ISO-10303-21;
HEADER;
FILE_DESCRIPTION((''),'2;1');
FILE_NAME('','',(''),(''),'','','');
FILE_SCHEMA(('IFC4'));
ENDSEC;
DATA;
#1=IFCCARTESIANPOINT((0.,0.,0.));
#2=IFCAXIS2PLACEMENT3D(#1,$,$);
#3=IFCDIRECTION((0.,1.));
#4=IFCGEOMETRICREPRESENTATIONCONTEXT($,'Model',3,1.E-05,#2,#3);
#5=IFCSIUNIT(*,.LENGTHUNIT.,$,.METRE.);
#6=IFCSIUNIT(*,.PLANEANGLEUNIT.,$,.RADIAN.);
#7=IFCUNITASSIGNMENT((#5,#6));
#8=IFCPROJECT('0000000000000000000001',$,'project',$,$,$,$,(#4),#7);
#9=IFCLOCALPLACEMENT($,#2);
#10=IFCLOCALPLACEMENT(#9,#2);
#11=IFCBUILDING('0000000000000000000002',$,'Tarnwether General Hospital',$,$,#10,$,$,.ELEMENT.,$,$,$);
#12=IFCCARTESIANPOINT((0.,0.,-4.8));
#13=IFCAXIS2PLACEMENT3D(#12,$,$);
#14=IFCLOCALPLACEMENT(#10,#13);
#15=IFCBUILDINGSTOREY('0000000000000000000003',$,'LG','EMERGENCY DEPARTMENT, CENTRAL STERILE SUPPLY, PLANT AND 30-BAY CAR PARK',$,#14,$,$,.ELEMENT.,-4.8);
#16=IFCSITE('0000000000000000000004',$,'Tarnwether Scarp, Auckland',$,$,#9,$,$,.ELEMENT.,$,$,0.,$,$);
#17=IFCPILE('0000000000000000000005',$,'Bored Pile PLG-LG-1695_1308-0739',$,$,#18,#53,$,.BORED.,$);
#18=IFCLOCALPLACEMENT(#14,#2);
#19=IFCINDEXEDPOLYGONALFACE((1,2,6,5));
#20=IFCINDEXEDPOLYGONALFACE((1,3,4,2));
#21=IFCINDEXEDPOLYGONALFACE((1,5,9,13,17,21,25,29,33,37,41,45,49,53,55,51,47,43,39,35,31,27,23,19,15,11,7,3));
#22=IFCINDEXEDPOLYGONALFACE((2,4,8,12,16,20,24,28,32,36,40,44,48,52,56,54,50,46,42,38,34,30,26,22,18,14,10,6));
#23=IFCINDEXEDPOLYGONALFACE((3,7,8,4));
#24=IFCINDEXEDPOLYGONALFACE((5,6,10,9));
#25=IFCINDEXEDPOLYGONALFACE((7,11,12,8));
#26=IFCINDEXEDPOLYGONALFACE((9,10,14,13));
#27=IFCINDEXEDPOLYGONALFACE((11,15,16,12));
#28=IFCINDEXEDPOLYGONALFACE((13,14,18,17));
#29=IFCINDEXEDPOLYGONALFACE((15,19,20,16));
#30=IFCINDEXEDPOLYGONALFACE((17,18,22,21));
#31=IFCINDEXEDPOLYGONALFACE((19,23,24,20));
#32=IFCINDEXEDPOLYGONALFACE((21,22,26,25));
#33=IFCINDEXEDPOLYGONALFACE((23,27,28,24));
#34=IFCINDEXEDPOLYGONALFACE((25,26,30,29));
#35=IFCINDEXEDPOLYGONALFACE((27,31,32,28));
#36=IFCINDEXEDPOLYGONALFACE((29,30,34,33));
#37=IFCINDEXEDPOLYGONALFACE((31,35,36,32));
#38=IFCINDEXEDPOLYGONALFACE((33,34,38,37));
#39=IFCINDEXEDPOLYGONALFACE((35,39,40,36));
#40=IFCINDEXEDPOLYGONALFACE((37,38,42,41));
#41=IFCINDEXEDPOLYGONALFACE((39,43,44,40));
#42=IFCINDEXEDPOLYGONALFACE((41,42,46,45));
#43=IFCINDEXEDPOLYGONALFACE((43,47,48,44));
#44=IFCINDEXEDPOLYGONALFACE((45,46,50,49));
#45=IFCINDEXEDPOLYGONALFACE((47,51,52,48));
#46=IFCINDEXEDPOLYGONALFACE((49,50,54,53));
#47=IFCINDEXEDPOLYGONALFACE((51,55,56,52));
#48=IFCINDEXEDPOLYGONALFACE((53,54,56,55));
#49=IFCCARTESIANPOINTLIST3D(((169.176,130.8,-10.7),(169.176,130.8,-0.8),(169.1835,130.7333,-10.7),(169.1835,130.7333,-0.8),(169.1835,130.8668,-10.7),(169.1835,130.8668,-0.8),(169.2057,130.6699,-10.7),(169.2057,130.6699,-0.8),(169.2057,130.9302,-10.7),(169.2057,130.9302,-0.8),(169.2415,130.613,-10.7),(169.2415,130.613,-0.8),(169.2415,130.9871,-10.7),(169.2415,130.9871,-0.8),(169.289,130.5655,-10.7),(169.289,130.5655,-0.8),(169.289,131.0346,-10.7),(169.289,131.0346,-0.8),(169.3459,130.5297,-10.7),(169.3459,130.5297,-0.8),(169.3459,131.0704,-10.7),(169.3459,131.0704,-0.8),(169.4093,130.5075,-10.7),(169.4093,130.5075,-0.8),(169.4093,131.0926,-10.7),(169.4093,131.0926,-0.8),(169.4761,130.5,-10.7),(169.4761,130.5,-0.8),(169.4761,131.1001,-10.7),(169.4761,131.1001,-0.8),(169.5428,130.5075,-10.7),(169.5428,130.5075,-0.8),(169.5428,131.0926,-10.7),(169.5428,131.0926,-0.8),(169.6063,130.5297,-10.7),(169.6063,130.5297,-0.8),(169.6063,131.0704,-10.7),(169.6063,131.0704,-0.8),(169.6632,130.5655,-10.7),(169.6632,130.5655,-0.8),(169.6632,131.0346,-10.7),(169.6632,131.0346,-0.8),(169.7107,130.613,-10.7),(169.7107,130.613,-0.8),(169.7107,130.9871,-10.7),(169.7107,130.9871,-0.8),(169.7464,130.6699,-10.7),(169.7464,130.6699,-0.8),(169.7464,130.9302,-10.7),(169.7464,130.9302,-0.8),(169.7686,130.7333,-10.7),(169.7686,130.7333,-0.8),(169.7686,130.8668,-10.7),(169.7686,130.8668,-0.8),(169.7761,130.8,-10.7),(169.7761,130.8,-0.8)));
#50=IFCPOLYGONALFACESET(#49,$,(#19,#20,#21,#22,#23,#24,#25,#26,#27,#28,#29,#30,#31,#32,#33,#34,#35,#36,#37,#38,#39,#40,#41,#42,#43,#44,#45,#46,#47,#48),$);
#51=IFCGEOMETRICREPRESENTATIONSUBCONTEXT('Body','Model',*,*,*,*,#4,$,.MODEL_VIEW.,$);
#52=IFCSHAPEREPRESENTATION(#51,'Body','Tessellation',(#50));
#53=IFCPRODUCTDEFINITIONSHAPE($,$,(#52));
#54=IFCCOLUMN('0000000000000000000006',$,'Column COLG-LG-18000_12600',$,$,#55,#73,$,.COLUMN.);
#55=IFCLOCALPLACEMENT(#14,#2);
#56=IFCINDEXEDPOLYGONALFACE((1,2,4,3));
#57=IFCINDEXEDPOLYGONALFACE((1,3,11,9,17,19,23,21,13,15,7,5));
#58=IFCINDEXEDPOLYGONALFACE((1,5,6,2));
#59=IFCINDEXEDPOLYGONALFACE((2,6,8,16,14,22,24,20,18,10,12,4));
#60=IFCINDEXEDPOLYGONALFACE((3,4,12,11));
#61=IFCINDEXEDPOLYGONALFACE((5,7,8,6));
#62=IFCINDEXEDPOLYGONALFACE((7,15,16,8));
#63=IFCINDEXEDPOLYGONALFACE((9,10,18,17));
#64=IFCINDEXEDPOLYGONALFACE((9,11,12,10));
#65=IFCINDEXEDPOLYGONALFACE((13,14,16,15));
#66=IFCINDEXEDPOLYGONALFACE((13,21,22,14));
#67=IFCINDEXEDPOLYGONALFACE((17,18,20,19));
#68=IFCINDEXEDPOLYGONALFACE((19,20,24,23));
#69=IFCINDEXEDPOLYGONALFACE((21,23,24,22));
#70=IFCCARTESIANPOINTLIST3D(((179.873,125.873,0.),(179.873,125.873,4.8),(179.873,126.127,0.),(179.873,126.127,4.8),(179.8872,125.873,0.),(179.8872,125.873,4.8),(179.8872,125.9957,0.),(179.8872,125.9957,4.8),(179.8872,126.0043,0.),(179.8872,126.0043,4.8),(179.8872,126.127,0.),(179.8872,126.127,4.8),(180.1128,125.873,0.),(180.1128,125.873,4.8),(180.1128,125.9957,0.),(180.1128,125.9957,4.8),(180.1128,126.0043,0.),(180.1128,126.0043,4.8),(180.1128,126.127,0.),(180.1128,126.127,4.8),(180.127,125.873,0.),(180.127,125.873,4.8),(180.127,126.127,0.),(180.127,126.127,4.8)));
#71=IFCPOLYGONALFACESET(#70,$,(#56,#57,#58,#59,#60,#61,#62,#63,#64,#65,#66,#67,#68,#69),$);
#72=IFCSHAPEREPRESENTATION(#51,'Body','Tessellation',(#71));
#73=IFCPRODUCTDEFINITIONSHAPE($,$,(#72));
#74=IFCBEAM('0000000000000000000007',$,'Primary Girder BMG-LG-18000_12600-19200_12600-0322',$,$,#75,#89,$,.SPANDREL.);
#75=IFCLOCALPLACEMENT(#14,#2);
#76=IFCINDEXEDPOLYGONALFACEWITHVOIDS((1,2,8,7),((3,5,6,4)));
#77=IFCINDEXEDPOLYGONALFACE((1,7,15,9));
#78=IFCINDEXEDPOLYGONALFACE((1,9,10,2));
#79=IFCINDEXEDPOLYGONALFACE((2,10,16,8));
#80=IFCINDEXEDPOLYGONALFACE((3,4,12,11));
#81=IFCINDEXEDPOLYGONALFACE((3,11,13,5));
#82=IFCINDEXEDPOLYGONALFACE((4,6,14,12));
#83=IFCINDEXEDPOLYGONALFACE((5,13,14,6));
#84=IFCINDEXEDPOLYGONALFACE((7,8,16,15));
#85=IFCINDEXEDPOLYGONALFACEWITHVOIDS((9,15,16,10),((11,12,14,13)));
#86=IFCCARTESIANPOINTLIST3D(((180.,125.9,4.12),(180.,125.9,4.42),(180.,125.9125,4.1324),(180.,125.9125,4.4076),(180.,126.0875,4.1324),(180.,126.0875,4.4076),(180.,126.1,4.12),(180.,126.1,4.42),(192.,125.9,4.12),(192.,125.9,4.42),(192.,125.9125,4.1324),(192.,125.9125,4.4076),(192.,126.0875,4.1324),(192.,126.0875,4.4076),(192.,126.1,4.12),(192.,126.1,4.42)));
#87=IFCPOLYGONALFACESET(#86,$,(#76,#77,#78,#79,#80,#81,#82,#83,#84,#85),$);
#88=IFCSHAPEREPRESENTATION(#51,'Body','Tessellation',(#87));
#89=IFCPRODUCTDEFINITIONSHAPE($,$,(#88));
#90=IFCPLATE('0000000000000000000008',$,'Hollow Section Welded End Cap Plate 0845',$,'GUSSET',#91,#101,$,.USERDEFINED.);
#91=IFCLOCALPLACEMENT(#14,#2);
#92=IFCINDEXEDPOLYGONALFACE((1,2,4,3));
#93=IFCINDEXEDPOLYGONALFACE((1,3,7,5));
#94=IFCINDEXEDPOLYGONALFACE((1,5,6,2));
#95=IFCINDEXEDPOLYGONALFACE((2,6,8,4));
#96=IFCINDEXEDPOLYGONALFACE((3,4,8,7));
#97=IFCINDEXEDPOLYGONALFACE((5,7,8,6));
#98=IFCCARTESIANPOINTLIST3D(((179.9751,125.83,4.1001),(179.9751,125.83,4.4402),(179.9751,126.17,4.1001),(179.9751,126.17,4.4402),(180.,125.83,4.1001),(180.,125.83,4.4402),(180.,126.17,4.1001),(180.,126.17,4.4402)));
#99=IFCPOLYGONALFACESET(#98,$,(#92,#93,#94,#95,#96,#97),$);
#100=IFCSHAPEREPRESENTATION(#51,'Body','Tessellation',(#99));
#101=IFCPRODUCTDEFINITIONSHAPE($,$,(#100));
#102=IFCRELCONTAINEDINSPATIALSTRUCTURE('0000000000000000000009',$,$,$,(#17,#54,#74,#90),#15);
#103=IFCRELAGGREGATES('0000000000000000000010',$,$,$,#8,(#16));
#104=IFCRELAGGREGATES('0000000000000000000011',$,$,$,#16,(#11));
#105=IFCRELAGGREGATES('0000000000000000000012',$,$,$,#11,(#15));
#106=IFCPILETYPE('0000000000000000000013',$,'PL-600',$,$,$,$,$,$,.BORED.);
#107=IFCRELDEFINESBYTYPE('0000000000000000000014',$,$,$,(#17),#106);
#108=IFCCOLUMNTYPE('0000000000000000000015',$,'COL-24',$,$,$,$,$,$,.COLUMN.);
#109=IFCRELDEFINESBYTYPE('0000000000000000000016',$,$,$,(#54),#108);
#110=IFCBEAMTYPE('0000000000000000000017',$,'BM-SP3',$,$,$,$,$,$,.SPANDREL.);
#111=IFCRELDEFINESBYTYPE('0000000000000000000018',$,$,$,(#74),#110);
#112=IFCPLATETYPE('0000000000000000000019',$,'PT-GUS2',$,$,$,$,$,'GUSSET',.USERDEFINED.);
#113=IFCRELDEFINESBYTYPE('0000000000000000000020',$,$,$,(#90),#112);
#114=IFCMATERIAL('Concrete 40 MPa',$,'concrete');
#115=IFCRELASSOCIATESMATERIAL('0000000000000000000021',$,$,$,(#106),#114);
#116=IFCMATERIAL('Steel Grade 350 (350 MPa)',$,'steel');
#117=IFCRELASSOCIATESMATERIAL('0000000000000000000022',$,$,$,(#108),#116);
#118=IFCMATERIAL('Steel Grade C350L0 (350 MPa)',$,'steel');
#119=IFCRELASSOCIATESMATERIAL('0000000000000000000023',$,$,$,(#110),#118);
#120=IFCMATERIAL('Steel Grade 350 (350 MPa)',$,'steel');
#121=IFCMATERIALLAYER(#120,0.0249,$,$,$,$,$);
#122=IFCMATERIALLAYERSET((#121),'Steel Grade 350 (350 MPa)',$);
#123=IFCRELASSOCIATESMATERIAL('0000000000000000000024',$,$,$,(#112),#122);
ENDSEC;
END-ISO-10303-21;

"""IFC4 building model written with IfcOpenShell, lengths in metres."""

from ifc_helpers import new_model, si_unit, direction, frame, origin, origin_2d, place, context, subcontext, project, spatial, rectangle, hollow_rectangle, circle, i_section, extrude, material, layer, layer_set, material_profile, profile_set, type_object, element, save


model = new_model("IFC4")

# Units and contexts
model_context = context("Model", 3, precision=1e-05, world=origin(), true_north=direction((0.0, 1.0)))
body_context = subcontext(model_context, "Body", "Model", "MODEL_VIEW")
ifc_project = project(units=[si_unit("LENGTHUNIT", "METRE"), si_unit("PLANEANGLEUNIT", "RADIAN")], contexts=[model_context])

# Site, building, storey
site_placement = place(None, origin())
site = spatial("IfcSite", under=ifc_project, at=site_placement, Name="Tarnwether Scarp, Auckland", CompositionType="ELEMENT", RefElevation=0.0)
building_placement = place(site_placement, origin())
building = spatial("IfcBuilding", under=site, at=building_placement, Name="Tarnwether General Hospital", CompositionType="ELEMENT")
storey_placement = place(building_placement, frame((0.0, 0.0, -4.8)))
storey = spatial("IfcBuildingStorey", under=building, at=storey_placement, Name="LG", Description="EMERGENCY DEPARTMENT, CENTRAL STERILE SUPPLY, PLANT AND 30-BAY CAR PARK", CompositionType="ELEMENT", Elevation=-4.8)

# Pile
ifc_material_1 = material(Name="Concrete 40 MPa", Category="concrete")
ifc_material_profile_1 = material_profile(ifc_material_1, circle(Radius=0.3, at=origin_2d()), Name="PILE-D600")
ifc_profile_set_1 = profile_set([ifc_material_profile_1], Name="Concrete 40 MPa")
pile_type_1 = type_object("IfcPileType", Name="PL-600", PredefinedType="BORED", material=ifc_profile_set_1)
for number, where, z_axis, x_axis, name in (
    (1, (169.4761, 130.8, -0.8), (0.0, 0.0, -1.0), (1.0, 0.0, 0.0), "Bored Pile PLG-LG-1695_1308-0739"),
):
    element("IfcPile", number, at=place(storey_placement, frame(where, z_axis=z_axis, x_axis=x_axis)), inside=storey, type_object=pile_type_1, Name=name, PredefinedType="BORED", context=body_context, shape_type="SweptSolid", body=[
        extrude(circle(Radius=0.3, at=origin_2d()), origin(), (0.0, 0.0, 1.0), 9.8999),
    ])

# Column
ifc_material_2 = material(Name="Steel Grade 350 (350 MPa)", Category="steel")
ifc_material_profile_2 = material_profile(ifc_material_2, i_section(OverallWidth=0.2539, OverallDepth=0.2539, WebThickness=0.0085, FlangeThickness=0.0142, at=origin_2d()), Name="250UC72.9")
ifc_profile_set_2 = profile_set([ifc_material_profile_2], Name="Steel Grade 350 (350 MPa)")
column_type = type_object("IfcColumnType", Name="COL-24", PredefinedType="COLUMN", material=ifc_profile_set_2)
column_placement = place(storey_placement, frame((180.0, 126.0, 0.0), z_axis=(0.0, 0.0, 1.0), x_axis=(0.0, 1.0, 0.0)))
element("IfcColumn", 2, at=column_placement, inside=storey, type_object=column_type, Name="Column COLG-LG-18000_12600", PredefinedType="COLUMN", context=body_context, shape_type="SweptSolid", body=[
    extrude(i_section(OverallWidth=0.2539, OverallDepth=0.2539, WebThickness=0.0085, FlangeThickness=0.0142, at=origin_2d()), origin(), (0.0, 0.0, 1.0), 4.8),
])

# Beam
ifc_material_3 = material(Name="Steel Grade C350L0 (350 MPa)", Category="steel")
ifc_material_profile_3 = material_profile(ifc_material_3, hollow_rectangle(XDim=0.2, YDim=0.3, WallThickness=0.0125, at=origin_2d()), Name="RHS300x200x12.5")
ifc_profile_set_3 = profile_set([ifc_material_profile_3], Name="Steel Grade C350L0 (350 MPa)")
beam_type = type_object("IfcBeamType", Name="BM-SP3", PredefinedType="SPANDREL", material=ifc_profile_set_3)
beam_placement = place(storey_placement, frame((180.0, 126.0, 4.27), z_axis=(1.0, 0.0, 0.0), x_axis=(0.0, 1.0, 0.0)))
element("IfcBeam", 3, at=beam_placement, inside=storey, type_object=beam_type, Name="Primary Girder BMG-LG-18000_12600-19200_12600-0322", PredefinedType="SPANDREL", context=body_context, shape_type="SweptSolid", body=[
    extrude(hollow_rectangle(XDim=0.2, YDim=0.3, WallThickness=0.0125, at=origin_2d()), origin(), (0.0, 0.0, 1.0), 12.0),
])

# Plate
ifc_material_4 = material(Name="Steel Grade 350 (350 MPa)", Category="steel")
ifc_layer = layer(ifc_material_4, 0.0249)
ifc_layer_set = layer_set([ifc_layer], Name="Steel Grade 350 (350 MPa)")
plate_type = type_object("IfcPlateType", Name="PT-GUS2", ElementType="GUSSET", PredefinedType="USERDEFINED", material=ifc_layer_set)
plate_placement = place(storey_placement, frame((179.9875, 126.0, 4.1001), z_axis=(0.0, 0.0, 1.0), x_axis=(1.0, 0.0, 0.0)))
element("IfcPlate", 4, at=plate_placement, inside=storey, type_object=plate_type, Name="Hollow Section Welded End Cap Plate 0845", ObjectType="GUSSET", PredefinedType="USERDEFINED", context=body_context, shape_type="SweptSolid", body=[
    extrude(rectangle(XDim=0.0249, YDim=0.3401, at=origin_2d()), origin(), (0.0, 0.0, 1.0), 0.3401),
])

save(model, "model.ifc")
